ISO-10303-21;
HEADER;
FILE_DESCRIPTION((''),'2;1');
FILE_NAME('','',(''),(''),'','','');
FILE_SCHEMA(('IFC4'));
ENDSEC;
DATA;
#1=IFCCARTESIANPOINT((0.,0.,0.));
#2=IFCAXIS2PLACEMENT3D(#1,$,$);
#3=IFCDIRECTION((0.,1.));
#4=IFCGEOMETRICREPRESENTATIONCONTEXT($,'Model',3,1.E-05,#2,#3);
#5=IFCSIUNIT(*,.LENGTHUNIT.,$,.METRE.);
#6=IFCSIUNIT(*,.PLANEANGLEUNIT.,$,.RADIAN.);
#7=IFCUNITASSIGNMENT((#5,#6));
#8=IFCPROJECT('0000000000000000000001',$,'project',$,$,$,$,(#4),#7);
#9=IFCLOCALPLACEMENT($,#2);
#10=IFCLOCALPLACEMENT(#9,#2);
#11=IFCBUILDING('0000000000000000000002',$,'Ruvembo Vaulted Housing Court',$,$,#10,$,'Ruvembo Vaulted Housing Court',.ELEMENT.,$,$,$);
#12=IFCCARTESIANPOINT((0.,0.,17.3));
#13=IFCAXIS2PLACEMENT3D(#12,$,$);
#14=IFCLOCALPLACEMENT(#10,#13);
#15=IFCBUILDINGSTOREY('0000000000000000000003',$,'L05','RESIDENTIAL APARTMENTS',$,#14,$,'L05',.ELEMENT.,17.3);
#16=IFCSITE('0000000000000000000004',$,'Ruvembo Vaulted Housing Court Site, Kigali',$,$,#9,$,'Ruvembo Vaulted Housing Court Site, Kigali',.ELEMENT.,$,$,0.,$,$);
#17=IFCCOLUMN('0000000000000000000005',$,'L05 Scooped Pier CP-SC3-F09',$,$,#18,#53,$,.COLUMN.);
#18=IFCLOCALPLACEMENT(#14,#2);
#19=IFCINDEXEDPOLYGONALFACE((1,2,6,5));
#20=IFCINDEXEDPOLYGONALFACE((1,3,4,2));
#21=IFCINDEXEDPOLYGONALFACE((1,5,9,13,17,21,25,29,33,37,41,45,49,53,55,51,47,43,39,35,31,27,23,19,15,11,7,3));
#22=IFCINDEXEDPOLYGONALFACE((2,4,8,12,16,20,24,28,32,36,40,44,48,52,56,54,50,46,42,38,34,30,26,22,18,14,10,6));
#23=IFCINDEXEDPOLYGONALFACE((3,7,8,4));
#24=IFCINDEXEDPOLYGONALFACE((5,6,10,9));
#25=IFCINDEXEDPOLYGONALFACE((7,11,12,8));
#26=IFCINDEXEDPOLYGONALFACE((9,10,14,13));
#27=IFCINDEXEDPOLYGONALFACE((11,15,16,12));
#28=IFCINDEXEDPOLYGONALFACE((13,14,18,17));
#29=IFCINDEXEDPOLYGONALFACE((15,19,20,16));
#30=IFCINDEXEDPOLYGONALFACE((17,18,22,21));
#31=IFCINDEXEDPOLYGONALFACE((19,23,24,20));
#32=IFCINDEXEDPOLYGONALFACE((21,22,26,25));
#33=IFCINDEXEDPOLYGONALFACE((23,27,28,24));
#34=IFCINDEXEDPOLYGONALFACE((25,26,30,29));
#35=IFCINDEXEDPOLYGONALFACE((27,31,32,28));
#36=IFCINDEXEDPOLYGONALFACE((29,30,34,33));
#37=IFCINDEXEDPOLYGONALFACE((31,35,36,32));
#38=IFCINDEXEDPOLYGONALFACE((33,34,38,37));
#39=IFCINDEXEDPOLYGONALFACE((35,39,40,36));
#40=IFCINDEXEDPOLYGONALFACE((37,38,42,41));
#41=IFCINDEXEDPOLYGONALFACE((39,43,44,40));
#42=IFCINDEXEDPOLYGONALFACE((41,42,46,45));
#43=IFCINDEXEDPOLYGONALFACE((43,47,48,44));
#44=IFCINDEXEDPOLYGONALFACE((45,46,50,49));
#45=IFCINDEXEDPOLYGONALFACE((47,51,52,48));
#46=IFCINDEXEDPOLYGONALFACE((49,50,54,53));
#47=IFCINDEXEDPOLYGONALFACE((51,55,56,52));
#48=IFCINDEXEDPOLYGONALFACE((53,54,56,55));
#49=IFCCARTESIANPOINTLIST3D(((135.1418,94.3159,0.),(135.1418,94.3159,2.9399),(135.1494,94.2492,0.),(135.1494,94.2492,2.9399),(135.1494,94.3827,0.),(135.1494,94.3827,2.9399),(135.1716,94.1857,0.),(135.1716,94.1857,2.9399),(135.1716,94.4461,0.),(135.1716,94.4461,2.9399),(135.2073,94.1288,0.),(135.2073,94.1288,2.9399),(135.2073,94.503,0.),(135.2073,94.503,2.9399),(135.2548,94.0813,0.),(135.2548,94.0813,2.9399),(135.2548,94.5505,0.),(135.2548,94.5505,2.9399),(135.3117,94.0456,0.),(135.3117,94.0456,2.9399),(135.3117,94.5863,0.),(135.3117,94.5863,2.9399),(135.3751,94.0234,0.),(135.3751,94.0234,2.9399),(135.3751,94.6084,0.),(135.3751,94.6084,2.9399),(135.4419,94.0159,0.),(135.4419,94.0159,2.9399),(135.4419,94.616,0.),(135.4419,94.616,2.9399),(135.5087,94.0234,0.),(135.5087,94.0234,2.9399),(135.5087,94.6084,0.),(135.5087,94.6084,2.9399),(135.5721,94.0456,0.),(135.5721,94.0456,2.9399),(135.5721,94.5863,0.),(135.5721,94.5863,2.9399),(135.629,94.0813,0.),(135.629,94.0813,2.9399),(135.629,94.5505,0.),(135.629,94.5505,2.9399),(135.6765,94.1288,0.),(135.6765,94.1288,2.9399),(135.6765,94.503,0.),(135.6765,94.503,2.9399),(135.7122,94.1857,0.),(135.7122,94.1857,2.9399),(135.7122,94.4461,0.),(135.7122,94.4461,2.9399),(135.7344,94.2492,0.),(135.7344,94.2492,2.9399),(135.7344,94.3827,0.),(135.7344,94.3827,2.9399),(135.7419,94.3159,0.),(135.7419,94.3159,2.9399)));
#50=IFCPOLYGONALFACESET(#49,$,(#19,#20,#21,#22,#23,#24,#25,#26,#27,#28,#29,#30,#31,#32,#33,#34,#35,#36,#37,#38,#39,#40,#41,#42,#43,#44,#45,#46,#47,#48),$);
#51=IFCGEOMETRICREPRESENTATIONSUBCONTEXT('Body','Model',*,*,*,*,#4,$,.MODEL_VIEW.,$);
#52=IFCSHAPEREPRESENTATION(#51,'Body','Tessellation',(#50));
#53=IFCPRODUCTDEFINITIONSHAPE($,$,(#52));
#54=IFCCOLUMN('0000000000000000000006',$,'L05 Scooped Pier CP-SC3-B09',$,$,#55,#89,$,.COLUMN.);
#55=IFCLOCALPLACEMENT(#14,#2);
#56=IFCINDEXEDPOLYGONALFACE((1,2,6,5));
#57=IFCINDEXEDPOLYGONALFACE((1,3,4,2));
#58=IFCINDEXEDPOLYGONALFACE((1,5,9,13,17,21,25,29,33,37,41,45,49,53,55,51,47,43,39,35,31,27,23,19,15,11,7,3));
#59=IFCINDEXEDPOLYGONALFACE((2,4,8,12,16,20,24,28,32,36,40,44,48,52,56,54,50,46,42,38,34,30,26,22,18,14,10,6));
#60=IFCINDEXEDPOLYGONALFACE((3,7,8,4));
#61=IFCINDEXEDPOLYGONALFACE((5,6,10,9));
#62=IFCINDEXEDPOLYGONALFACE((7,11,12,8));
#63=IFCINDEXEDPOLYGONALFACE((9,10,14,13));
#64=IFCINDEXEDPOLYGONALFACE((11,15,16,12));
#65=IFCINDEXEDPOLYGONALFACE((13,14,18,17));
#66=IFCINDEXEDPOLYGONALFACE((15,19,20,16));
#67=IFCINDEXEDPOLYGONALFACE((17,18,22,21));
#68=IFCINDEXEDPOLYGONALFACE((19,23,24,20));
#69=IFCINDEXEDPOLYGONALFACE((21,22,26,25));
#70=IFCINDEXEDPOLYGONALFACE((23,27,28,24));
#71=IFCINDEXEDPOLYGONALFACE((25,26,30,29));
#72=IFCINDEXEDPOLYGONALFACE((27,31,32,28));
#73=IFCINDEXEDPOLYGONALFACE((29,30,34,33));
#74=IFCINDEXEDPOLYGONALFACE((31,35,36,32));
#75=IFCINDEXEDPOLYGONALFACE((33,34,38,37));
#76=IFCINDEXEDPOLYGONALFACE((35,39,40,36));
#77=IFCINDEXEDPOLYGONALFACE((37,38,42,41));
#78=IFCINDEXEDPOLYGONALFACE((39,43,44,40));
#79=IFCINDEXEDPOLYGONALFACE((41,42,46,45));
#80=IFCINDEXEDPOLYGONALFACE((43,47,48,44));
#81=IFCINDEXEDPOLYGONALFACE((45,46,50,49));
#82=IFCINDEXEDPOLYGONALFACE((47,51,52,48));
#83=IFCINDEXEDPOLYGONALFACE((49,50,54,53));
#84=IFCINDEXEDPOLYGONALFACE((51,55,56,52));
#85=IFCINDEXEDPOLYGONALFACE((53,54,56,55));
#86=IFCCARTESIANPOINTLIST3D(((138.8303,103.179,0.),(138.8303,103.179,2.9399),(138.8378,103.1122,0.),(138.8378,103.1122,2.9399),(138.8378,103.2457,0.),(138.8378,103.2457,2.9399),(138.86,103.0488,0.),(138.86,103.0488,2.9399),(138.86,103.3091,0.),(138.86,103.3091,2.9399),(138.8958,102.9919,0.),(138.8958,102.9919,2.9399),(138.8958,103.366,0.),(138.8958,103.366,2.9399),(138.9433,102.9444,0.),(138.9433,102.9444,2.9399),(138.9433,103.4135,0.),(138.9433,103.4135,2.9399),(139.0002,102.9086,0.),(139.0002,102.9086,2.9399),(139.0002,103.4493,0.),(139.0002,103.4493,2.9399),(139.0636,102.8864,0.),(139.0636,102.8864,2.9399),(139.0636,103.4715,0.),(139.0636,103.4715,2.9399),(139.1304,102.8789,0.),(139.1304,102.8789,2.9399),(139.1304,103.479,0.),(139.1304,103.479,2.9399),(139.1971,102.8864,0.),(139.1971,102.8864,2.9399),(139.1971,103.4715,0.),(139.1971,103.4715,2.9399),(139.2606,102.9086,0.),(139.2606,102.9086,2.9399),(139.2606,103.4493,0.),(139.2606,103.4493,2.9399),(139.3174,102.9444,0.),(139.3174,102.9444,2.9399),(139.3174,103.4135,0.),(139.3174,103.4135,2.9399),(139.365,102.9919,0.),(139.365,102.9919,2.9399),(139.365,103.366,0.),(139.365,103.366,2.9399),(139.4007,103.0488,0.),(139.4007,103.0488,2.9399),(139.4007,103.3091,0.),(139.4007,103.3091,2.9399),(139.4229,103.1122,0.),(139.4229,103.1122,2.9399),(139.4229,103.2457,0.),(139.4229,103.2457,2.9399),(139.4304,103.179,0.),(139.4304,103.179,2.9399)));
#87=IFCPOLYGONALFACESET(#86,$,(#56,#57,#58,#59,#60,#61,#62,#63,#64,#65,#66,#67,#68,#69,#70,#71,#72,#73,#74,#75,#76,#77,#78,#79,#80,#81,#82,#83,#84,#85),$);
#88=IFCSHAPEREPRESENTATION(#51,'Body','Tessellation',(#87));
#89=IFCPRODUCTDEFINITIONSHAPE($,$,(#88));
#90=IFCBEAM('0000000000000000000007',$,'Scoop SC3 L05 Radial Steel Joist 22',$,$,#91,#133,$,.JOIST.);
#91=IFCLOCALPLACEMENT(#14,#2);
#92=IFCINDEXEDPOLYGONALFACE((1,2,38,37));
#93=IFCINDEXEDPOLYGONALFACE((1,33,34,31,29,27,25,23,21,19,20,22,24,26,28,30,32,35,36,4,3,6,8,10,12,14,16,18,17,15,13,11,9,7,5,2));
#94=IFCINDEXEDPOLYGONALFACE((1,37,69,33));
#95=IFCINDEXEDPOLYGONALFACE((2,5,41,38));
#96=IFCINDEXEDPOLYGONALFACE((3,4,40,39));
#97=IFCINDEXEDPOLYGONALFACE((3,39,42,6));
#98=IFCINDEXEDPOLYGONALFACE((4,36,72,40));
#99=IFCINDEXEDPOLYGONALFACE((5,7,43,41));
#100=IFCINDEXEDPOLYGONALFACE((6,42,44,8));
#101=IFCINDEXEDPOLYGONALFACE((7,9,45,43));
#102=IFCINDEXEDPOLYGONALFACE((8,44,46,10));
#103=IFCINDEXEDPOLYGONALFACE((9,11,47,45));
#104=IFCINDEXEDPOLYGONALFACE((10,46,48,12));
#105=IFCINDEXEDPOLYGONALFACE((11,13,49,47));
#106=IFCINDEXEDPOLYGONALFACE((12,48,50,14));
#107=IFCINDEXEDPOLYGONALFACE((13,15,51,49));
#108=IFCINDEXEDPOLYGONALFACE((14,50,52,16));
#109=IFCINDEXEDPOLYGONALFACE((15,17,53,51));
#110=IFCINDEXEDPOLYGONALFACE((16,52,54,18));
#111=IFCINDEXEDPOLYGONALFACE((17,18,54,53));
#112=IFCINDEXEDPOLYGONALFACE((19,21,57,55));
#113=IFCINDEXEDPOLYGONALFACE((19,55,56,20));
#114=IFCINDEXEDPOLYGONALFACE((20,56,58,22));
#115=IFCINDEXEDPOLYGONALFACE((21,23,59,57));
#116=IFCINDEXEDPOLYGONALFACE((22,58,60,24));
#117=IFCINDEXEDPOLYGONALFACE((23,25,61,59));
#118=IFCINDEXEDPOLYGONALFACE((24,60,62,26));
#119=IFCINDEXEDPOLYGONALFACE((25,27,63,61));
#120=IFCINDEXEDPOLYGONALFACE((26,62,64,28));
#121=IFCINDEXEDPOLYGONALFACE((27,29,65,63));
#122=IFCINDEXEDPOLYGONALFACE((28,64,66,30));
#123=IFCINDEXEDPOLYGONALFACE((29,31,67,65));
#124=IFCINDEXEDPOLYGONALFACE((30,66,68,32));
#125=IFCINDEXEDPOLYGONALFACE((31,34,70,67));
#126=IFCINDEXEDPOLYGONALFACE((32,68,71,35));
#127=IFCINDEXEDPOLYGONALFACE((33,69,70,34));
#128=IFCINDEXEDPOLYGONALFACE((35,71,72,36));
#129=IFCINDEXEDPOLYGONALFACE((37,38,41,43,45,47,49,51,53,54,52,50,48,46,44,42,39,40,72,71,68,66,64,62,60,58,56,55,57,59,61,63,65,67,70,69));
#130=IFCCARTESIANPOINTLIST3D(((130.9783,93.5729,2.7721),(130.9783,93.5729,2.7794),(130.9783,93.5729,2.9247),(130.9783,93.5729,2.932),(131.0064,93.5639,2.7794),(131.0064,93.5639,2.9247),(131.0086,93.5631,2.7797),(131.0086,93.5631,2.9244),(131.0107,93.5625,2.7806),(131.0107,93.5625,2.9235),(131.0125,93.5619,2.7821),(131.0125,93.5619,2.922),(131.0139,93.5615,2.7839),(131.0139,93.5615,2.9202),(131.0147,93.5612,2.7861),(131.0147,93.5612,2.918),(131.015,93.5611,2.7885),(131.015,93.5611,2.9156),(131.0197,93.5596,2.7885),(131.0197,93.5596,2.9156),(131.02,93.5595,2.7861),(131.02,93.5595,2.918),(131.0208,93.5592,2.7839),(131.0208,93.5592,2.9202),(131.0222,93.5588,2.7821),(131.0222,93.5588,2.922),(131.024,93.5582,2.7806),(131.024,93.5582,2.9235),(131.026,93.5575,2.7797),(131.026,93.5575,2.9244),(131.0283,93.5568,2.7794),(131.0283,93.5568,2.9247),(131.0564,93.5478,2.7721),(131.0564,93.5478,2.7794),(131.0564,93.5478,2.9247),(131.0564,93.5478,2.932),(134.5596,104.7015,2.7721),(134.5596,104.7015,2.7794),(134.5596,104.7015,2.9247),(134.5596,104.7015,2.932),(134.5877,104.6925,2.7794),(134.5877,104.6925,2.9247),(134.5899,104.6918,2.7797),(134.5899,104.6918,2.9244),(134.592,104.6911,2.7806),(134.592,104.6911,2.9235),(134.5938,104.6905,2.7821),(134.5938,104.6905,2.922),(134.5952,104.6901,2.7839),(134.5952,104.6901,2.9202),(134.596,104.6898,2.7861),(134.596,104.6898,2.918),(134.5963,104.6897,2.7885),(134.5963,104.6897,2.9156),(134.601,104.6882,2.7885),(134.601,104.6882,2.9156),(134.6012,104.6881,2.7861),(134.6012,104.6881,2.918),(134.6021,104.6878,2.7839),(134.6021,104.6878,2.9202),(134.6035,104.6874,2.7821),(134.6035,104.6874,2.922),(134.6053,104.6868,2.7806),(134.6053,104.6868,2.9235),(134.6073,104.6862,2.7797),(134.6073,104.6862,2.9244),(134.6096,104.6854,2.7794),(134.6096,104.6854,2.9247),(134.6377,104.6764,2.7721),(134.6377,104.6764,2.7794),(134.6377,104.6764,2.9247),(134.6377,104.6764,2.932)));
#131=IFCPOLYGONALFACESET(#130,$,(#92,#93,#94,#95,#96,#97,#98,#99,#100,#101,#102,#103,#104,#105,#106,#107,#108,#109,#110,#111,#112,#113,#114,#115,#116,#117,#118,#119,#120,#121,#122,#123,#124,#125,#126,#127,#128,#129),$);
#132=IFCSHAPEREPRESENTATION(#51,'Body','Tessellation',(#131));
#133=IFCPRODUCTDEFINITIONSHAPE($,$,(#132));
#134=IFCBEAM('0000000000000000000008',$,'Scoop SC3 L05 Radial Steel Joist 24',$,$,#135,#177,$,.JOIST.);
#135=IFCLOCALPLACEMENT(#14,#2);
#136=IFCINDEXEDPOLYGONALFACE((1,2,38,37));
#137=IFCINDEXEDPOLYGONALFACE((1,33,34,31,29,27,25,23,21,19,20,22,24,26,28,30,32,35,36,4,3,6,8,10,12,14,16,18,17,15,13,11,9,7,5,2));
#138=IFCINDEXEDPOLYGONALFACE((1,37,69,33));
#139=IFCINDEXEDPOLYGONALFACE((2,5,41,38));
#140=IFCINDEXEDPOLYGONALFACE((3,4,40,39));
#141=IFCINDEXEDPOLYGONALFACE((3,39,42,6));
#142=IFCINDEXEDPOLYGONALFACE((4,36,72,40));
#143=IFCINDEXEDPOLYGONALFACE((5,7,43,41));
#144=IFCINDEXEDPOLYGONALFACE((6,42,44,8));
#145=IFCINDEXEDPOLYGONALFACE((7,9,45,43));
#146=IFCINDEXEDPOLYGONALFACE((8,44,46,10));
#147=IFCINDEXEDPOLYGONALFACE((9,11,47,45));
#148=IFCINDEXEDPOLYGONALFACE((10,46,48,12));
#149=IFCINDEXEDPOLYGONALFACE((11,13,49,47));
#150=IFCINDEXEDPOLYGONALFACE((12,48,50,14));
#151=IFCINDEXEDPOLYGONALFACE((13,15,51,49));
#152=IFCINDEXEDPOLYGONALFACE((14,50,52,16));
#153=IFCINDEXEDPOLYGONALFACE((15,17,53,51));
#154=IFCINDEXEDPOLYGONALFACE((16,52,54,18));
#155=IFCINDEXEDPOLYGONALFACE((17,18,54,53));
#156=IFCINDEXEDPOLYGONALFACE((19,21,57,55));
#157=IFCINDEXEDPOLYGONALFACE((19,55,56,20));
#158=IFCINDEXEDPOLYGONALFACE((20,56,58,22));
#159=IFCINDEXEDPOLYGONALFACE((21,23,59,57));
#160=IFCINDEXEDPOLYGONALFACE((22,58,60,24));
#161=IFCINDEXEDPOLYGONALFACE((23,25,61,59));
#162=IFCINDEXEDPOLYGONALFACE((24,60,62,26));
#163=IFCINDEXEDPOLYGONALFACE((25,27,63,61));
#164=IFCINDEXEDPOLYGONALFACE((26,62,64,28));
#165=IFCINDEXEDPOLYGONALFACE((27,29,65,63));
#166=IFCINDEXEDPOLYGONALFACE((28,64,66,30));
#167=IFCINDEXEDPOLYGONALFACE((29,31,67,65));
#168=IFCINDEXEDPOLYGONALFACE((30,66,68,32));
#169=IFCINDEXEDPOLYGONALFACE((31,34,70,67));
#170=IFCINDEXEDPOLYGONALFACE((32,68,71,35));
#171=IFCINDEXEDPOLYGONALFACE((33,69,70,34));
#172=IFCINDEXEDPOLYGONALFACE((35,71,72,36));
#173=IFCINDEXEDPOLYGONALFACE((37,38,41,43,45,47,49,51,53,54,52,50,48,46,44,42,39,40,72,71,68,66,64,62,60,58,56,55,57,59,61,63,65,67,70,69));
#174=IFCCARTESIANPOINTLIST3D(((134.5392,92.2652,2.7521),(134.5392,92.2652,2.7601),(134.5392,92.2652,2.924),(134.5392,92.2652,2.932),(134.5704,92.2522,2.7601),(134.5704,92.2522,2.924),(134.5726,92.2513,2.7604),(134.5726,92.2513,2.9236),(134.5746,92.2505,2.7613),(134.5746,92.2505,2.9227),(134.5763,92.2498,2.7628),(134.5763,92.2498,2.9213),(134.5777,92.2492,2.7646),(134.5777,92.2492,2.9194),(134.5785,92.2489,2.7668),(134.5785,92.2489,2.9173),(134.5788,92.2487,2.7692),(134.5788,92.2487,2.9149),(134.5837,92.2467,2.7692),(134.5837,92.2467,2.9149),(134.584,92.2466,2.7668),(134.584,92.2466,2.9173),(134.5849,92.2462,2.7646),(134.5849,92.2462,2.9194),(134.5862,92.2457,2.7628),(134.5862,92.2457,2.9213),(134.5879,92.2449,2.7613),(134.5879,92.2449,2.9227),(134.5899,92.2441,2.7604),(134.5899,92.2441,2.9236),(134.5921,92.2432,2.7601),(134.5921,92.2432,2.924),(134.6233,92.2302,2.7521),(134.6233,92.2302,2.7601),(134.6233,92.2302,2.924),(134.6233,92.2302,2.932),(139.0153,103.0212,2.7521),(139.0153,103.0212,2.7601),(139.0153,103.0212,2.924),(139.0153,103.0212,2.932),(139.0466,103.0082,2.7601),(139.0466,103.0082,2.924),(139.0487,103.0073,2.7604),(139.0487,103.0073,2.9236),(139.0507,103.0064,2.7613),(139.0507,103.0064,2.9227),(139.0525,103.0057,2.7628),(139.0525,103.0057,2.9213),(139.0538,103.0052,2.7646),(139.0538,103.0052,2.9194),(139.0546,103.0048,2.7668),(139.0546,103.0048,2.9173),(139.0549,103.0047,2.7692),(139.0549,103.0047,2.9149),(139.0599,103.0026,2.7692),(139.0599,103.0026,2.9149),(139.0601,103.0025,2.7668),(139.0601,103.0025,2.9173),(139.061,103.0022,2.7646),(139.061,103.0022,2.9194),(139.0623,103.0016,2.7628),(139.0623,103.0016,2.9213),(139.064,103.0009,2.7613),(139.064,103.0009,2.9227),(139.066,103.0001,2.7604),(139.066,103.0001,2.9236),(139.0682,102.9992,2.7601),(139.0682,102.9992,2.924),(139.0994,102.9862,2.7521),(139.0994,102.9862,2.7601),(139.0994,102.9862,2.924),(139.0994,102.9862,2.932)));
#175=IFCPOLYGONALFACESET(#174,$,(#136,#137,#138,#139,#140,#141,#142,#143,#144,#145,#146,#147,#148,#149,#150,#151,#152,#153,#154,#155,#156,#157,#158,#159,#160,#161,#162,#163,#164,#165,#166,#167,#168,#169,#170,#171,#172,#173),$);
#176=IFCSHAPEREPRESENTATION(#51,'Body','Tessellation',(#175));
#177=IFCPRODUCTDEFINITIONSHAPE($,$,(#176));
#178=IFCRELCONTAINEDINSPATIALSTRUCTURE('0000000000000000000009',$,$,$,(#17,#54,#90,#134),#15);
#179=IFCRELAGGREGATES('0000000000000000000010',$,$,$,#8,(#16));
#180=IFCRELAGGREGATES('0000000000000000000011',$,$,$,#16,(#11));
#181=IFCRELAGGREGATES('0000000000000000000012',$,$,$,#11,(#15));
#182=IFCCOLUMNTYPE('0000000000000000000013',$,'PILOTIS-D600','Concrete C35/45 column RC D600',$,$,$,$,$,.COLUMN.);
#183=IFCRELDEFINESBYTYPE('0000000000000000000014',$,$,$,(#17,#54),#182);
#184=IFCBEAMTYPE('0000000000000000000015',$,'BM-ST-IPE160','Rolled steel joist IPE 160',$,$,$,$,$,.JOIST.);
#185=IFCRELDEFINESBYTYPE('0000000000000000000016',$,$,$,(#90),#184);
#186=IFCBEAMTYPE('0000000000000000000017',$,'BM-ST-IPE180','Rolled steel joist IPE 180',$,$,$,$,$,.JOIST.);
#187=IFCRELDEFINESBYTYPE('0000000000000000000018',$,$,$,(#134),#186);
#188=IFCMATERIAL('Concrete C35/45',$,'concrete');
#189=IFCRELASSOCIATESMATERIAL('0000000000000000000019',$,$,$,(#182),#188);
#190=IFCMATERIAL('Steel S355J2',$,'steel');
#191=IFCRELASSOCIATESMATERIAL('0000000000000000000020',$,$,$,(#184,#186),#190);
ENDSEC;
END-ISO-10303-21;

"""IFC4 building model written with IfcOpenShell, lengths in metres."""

from ifc_helpers import new_model, si_unit, direction, frame, origin, origin_2d, place, context, subcontext, project, spatial, circle, i_section, extrude, material, material_profile, profile_set, type_object, element, save


model = new_model("IFC4")

# Units and contexts
model_context = context("Model", 3, precision=1e-05, world=origin(), true_north=direction((0.0, 1.0)))
body_context = subcontext(model_context, "Body", "Model", "MODEL_VIEW")
ifc_project = project(units=[si_unit("LENGTHUNIT", "METRE"), si_unit("PLANEANGLEUNIT", "RADIAN")], contexts=[model_context])

# Site, building, storey
site_placement = place(None, origin())
site = spatial("IfcSite", under=ifc_project, at=site_placement, Name="Ruvembo Vaulted Housing Court Site, Kigali", LongName="Ruvembo Vaulted Housing Court Site, Kigali", CompositionType="ELEMENT", RefElevation=0.0)
building_placement = place(site_placement, origin())
building = spatial("IfcBuilding", under=site, at=building_placement, Name="Ruvembo Vaulted Housing Court", LongName="Ruvembo Vaulted Housing Court", CompositionType="ELEMENT")
storey_placement = place(building_placement, frame((0.0, 0.0, 17.3)))
storey = spatial("IfcBuildingStorey", under=building, at=storey_placement, Name="L05", Description="RESIDENTIAL APARTMENTS", LongName="L05", CompositionType="ELEMENT", Elevation=17.3)

# Columns
ifc_material_1 = material(Name="Concrete C35/45", Category="concrete")
ifc_material_profile_1 = material_profile(ifc_material_1, circle(Radius=0.3, at=origin_2d()), Name="RC D600")
ifc_profile_set_1 = profile_set([ifc_material_profile_1], Name="Concrete C35/45")
column_type = type_object("IfcColumnType", Name="PILOTIS-D600", Description="Concrete C35/45 column RC D600", PredefinedType="COLUMN", material=ifc_profile_set_1)
for number, where, z_axis, x_axis, name in (
    (1, (135.4419, 94.3159, 0.0), (0.0, 0.0, 1.0), (1.0, 0.0, 0.0), "L05 Scooped Pier CP-SC3-F09"),
    (2, (139.1304, 103.179, 0.0), (0.0, 0.0, 1.0), (1.0, 0.0, 0.0), "L05 Scooped Pier CP-SC3-B09"),
):
    element("IfcColumn", number, at=place(storey_placement, frame(where, z_axis=z_axis, x_axis=x_axis)), inside=storey, type_object=column_type, Name=name, PredefinedType="COLUMN", context=body_context, shape_type="SweptSolid", body=[
        extrude(circle(Radius=0.3, at=origin_2d()), origin(), (0.0, 0.0, 1.0), 2.9399),
    ])

# Beams
ifc_material_2 = material(Name="Steel S355J2", Category="steel")
ifc_material_profile_2 = material_profile(ifc_material_2, i_section(OverallWidth=0.082, OverallDepth=0.1599, WebThickness=0.0049, FlangeThickness=0.0073, FilletRadius=0.009, at=origin_2d()), Name="IPE 160")
ifc_profile_set_2 = profile_set([ifc_material_profile_2], Name="Steel S355J2")
beam_type_1 = type_object("IfcBeamType", Name="BM-ST-IPE160", Description="Rolled steel joist IPE 160", PredefinedType="JOIST", material=ifc_profile_set_2)
beam_1_placement = place(storey_placement, frame((134.5986, 104.689, 2.8521), z_axis=(-0.306337, -0.951923, 0.0), x_axis=(0.951923, -0.306337, 0.0)))
element("IfcBeam", 3, at=beam_1_placement, inside=storey, type_object=beam_type_1, Name="Scoop SC3 L05 Radial Steel Joist 22", PredefinedType="JOIST", context=body_context, shape_type="SweptSolid", body=[
    extrude(i_section(OverallWidth=0.082, OverallDepth=0.1599, WebThickness=0.0049, FlangeThickness=0.0073, FilletRadius=0.009, at=origin_2d()), origin(), (0.0, 0.0, 1.0), 11.6907),
])
ifc_material_profile_3 = material_profile(ifc_material_2, i_section(OverallWidth=0.0911, OverallDepth=0.1799, WebThickness=0.0054, FlangeThickness=0.0081, FilletRadius=0.009, at=origin_2d()), Name="IPE 180")
ifc_profile_set_3 = profile_set([ifc_material_profile_3], Name="Steel S355J2")
beam_type_2 = type_object("IfcBeamType", Name="BM-ST-IPE180", Description="Rolled steel joist IPE 180", PredefinedType="JOIST", material=ifc_profile_set_3)
beam_2_placement = place(storey_placement, frame((139.0574, 103.0037, 2.842), z_axis=(-0.384211, -0.923245, 0.0), x_axis=(0.923245, -0.384211, 0.0)))
element("IfcBeam", 4, at=beam_2_placement, inside=storey, type_object=beam_type_2, Name="Scoop SC3 L05 Radial Steel Joist 24", PredefinedType="JOIST", context=body_context, shape_type="SweptSolid", body=[
    extrude(i_section(OverallWidth=0.0911, OverallDepth=0.1799, WebThickness=0.0054, FlangeThickness=0.0081, FilletRadius=0.009, at=origin_2d()), origin(), (0.0, 0.0, 1.0), 11.6501),
])

save(model, "model.ifc")
